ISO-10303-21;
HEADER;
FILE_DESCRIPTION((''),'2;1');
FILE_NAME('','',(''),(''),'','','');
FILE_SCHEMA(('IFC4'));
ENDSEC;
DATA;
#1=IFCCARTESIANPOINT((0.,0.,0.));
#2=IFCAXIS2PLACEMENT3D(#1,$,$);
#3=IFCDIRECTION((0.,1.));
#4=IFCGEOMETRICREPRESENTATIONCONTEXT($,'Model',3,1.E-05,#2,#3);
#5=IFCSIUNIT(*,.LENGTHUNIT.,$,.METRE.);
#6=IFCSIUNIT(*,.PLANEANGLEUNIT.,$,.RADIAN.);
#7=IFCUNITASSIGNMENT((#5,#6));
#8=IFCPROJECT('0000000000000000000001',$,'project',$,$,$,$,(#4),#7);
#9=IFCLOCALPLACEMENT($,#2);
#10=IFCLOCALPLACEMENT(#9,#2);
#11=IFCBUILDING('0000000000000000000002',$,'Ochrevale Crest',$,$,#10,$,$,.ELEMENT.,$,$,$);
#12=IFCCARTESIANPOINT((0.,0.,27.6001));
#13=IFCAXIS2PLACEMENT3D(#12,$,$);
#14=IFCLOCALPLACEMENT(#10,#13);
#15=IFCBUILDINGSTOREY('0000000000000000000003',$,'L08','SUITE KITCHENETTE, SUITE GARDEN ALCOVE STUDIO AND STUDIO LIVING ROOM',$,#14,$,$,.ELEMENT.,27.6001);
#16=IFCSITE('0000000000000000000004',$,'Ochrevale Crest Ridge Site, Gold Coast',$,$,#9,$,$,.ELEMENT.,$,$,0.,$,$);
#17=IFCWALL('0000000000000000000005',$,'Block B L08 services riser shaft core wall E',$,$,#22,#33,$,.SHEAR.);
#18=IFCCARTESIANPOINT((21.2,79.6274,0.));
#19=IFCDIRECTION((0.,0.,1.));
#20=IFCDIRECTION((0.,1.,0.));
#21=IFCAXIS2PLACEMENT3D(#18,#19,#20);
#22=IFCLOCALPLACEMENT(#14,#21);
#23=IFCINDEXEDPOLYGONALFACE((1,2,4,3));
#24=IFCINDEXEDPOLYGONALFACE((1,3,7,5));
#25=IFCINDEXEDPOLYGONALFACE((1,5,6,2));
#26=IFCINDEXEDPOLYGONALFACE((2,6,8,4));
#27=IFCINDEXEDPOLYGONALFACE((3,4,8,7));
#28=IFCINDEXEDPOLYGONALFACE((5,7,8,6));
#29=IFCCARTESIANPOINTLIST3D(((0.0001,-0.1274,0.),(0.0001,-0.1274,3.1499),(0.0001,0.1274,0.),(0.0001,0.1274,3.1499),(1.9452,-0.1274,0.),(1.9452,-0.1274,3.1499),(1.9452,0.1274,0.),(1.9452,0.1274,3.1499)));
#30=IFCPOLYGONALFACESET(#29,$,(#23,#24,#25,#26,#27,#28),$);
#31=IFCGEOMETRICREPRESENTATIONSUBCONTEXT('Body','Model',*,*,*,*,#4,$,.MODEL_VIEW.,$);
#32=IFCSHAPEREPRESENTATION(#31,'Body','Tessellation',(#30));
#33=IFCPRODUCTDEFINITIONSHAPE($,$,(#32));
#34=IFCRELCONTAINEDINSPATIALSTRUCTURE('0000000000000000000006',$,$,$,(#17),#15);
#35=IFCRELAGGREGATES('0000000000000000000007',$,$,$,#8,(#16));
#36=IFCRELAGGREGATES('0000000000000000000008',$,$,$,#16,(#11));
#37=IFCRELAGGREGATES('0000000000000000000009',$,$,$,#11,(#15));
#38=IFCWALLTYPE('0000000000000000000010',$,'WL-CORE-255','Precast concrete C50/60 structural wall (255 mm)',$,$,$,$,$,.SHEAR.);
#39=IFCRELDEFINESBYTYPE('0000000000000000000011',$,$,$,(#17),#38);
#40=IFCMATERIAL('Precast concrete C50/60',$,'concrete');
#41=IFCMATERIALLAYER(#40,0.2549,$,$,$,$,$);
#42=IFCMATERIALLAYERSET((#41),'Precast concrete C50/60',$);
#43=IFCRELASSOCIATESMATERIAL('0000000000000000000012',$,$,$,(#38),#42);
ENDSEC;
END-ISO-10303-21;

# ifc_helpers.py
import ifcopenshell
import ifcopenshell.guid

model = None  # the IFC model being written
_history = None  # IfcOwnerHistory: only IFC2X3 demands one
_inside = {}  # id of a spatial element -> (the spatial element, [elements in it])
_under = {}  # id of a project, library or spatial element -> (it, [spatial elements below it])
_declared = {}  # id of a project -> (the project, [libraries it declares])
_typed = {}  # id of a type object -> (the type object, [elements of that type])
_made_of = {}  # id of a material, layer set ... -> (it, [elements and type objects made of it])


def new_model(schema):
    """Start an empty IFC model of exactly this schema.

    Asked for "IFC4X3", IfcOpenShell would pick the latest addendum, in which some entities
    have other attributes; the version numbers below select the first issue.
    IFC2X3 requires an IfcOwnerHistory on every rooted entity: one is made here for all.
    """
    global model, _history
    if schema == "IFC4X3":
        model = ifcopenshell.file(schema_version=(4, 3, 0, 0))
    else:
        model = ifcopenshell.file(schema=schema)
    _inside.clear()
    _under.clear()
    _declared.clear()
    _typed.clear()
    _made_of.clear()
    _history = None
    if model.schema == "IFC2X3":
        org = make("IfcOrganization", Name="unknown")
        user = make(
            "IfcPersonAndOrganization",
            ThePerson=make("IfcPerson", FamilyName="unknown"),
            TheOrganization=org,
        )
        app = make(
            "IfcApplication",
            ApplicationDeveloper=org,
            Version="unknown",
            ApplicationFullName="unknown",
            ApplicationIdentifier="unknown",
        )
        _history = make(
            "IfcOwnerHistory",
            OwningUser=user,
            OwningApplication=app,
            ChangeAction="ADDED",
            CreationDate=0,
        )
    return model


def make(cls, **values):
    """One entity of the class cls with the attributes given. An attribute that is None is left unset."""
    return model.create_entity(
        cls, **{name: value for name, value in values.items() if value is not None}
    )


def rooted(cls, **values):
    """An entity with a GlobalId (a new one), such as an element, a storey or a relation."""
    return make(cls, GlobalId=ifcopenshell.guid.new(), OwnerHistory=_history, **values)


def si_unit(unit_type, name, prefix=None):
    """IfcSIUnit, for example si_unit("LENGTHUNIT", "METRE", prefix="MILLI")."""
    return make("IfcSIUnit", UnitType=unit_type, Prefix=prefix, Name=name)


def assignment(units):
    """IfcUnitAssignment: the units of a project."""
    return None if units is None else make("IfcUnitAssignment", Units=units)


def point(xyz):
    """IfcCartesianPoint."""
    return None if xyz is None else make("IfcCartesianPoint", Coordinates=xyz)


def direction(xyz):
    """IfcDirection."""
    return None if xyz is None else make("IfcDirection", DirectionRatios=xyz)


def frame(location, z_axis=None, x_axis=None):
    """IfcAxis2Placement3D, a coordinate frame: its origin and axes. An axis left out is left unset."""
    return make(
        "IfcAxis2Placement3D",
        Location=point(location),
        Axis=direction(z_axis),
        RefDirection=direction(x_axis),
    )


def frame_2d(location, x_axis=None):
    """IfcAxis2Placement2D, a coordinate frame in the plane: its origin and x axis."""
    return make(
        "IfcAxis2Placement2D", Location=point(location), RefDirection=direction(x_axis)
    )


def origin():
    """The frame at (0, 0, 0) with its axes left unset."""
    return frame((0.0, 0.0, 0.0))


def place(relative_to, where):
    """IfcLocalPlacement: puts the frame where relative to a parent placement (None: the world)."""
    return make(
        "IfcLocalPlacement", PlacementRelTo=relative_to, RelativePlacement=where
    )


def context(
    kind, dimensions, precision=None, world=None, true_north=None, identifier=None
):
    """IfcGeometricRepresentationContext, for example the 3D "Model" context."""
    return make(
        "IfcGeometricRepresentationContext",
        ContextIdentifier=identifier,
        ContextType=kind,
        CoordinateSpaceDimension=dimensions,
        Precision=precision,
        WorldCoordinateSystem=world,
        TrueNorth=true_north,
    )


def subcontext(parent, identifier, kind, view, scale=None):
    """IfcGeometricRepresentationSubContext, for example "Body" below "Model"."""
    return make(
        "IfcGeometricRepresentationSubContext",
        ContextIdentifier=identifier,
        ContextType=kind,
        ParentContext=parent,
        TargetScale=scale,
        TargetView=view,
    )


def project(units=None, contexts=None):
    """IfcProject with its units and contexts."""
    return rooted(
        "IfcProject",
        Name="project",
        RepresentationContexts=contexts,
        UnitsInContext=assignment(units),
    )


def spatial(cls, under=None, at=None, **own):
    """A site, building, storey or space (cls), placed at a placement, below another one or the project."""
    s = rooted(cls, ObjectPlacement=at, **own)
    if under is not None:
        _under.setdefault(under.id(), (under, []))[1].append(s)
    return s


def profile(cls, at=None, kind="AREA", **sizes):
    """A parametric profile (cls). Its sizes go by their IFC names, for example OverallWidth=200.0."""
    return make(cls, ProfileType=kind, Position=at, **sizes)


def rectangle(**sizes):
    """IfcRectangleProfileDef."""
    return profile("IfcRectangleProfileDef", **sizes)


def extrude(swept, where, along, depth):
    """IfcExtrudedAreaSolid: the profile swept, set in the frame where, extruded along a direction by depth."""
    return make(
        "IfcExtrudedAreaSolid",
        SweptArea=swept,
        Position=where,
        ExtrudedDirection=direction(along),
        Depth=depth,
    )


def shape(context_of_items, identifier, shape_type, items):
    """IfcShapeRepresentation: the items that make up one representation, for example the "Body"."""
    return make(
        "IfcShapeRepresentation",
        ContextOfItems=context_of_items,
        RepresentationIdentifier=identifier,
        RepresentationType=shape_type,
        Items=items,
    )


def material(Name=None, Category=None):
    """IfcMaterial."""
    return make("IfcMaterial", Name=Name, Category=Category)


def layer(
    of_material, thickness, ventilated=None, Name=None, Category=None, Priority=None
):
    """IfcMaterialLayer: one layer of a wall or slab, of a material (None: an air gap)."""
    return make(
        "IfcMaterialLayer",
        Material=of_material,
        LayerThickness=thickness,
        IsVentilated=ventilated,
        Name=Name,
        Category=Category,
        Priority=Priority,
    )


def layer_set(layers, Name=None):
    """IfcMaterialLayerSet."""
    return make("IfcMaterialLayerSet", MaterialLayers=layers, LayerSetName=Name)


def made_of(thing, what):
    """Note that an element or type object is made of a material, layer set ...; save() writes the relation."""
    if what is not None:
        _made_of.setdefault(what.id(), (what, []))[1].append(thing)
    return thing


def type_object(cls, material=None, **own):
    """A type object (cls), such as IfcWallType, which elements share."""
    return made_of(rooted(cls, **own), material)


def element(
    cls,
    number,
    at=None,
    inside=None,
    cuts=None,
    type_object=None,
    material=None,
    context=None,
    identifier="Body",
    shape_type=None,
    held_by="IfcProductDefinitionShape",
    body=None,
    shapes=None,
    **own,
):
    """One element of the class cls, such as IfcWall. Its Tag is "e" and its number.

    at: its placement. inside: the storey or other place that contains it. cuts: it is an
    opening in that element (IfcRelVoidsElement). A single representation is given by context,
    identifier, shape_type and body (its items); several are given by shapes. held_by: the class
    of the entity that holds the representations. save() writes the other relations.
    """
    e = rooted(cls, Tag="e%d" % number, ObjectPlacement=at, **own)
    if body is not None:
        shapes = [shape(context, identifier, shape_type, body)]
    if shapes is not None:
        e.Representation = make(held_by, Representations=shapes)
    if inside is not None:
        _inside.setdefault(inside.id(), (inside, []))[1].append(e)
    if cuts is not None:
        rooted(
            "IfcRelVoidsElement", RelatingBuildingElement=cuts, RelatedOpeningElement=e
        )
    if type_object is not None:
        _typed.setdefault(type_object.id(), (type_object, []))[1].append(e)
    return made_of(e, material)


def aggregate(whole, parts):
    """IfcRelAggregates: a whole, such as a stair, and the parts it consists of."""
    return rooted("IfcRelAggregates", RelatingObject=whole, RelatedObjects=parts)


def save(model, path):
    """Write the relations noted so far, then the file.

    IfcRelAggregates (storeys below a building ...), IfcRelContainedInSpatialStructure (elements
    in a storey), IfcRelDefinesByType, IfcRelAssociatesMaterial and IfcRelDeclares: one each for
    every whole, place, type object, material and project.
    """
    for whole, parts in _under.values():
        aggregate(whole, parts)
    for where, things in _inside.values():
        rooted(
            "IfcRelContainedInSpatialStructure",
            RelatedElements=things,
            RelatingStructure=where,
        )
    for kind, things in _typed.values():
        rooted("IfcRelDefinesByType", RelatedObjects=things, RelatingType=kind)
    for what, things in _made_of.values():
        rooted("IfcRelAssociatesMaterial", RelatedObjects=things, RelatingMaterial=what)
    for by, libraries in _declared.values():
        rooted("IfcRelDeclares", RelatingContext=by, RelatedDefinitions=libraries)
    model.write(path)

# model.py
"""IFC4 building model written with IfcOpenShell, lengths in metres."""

from ifc_helpers import new_model, si_unit, direction, frame, frame_2d, origin, place, context, subcontext, project, spatial, rectangle, extrude, material, layer, layer_set, type_object, element, save


model = new_model("IFC4")

# Units and contexts
model_context = context("Model", 3, precision=1e-05, world=origin(), true_north=direction((0.0, 1.0)))
body_context = subcontext(model_context, "Body", "Model", "MODEL_VIEW")
ifc_project = project(units=[si_unit("LENGTHUNIT", "METRE"), si_unit("PLANEANGLEUNIT", "RADIAN")], contexts=[model_context])

# Site, building, storey
site_placement = place(None, origin())
site = spatial("IfcSite", under=ifc_project, at=site_placement, Name="Ochrevale Crest Ridge Site, Gold Coast", CompositionType="ELEMENT", RefElevation=0.0)
building_placement = place(site_placement, origin())
building = spatial("IfcBuilding", under=site, at=building_placement, Name="Ochrevale Crest", CompositionType="ELEMENT")
storey_placement = place(building_placement, frame((0.0, 0.0, 27.6001)))
storey = spatial("IfcBuildingStorey", under=building, at=storey_placement, Name="L08", Description="SUITE KITCHENETTE, SUITE GARDEN ALCOVE STUDIO AND STUDIO LIVING ROOM", CompositionType="ELEMENT", Elevation=27.6001)

# Shared definitions
ifc_material_1 = material(Name="Precast concrete C50/60", Category="concrete")

# Shared definitions
ifc_layer_1 = layer(ifc_material_1, 0.2549)
ifc_layer_set_1 = layer_set([ifc_layer_1], Name="Precast concrete C50/60")
wall_type_1 = type_object("IfcWallType", Name="WL-CORE-255", Description="Precast concrete C50/60 structural wall (255 mm)", PredefinedType="SHEAR", material=ifc_layer_set_1)

# Wall
wall_1_placement = place(storey_placement, frame((21.2, 79.6274, 0.0), z_axis=(0.0, 0.0, 1.0), x_axis=(0.0, 1.0, 0.0)))
element("IfcWall", 1, at=wall_1_placement, inside=storey, type_object=wall_type_1, Name="Block B L08 services riser shaft core wall E", PredefinedType="SHEAR", context=body_context, shape_type="SweptSolid", body=[
    extrude(rectangle(XDim=1.9451, YDim=0.2549, at=frame_2d((0.9727, 0.0))), origin(), (0.0, 0.0, 1.0), 3.1499),
])

save(model, "model.ifc")
